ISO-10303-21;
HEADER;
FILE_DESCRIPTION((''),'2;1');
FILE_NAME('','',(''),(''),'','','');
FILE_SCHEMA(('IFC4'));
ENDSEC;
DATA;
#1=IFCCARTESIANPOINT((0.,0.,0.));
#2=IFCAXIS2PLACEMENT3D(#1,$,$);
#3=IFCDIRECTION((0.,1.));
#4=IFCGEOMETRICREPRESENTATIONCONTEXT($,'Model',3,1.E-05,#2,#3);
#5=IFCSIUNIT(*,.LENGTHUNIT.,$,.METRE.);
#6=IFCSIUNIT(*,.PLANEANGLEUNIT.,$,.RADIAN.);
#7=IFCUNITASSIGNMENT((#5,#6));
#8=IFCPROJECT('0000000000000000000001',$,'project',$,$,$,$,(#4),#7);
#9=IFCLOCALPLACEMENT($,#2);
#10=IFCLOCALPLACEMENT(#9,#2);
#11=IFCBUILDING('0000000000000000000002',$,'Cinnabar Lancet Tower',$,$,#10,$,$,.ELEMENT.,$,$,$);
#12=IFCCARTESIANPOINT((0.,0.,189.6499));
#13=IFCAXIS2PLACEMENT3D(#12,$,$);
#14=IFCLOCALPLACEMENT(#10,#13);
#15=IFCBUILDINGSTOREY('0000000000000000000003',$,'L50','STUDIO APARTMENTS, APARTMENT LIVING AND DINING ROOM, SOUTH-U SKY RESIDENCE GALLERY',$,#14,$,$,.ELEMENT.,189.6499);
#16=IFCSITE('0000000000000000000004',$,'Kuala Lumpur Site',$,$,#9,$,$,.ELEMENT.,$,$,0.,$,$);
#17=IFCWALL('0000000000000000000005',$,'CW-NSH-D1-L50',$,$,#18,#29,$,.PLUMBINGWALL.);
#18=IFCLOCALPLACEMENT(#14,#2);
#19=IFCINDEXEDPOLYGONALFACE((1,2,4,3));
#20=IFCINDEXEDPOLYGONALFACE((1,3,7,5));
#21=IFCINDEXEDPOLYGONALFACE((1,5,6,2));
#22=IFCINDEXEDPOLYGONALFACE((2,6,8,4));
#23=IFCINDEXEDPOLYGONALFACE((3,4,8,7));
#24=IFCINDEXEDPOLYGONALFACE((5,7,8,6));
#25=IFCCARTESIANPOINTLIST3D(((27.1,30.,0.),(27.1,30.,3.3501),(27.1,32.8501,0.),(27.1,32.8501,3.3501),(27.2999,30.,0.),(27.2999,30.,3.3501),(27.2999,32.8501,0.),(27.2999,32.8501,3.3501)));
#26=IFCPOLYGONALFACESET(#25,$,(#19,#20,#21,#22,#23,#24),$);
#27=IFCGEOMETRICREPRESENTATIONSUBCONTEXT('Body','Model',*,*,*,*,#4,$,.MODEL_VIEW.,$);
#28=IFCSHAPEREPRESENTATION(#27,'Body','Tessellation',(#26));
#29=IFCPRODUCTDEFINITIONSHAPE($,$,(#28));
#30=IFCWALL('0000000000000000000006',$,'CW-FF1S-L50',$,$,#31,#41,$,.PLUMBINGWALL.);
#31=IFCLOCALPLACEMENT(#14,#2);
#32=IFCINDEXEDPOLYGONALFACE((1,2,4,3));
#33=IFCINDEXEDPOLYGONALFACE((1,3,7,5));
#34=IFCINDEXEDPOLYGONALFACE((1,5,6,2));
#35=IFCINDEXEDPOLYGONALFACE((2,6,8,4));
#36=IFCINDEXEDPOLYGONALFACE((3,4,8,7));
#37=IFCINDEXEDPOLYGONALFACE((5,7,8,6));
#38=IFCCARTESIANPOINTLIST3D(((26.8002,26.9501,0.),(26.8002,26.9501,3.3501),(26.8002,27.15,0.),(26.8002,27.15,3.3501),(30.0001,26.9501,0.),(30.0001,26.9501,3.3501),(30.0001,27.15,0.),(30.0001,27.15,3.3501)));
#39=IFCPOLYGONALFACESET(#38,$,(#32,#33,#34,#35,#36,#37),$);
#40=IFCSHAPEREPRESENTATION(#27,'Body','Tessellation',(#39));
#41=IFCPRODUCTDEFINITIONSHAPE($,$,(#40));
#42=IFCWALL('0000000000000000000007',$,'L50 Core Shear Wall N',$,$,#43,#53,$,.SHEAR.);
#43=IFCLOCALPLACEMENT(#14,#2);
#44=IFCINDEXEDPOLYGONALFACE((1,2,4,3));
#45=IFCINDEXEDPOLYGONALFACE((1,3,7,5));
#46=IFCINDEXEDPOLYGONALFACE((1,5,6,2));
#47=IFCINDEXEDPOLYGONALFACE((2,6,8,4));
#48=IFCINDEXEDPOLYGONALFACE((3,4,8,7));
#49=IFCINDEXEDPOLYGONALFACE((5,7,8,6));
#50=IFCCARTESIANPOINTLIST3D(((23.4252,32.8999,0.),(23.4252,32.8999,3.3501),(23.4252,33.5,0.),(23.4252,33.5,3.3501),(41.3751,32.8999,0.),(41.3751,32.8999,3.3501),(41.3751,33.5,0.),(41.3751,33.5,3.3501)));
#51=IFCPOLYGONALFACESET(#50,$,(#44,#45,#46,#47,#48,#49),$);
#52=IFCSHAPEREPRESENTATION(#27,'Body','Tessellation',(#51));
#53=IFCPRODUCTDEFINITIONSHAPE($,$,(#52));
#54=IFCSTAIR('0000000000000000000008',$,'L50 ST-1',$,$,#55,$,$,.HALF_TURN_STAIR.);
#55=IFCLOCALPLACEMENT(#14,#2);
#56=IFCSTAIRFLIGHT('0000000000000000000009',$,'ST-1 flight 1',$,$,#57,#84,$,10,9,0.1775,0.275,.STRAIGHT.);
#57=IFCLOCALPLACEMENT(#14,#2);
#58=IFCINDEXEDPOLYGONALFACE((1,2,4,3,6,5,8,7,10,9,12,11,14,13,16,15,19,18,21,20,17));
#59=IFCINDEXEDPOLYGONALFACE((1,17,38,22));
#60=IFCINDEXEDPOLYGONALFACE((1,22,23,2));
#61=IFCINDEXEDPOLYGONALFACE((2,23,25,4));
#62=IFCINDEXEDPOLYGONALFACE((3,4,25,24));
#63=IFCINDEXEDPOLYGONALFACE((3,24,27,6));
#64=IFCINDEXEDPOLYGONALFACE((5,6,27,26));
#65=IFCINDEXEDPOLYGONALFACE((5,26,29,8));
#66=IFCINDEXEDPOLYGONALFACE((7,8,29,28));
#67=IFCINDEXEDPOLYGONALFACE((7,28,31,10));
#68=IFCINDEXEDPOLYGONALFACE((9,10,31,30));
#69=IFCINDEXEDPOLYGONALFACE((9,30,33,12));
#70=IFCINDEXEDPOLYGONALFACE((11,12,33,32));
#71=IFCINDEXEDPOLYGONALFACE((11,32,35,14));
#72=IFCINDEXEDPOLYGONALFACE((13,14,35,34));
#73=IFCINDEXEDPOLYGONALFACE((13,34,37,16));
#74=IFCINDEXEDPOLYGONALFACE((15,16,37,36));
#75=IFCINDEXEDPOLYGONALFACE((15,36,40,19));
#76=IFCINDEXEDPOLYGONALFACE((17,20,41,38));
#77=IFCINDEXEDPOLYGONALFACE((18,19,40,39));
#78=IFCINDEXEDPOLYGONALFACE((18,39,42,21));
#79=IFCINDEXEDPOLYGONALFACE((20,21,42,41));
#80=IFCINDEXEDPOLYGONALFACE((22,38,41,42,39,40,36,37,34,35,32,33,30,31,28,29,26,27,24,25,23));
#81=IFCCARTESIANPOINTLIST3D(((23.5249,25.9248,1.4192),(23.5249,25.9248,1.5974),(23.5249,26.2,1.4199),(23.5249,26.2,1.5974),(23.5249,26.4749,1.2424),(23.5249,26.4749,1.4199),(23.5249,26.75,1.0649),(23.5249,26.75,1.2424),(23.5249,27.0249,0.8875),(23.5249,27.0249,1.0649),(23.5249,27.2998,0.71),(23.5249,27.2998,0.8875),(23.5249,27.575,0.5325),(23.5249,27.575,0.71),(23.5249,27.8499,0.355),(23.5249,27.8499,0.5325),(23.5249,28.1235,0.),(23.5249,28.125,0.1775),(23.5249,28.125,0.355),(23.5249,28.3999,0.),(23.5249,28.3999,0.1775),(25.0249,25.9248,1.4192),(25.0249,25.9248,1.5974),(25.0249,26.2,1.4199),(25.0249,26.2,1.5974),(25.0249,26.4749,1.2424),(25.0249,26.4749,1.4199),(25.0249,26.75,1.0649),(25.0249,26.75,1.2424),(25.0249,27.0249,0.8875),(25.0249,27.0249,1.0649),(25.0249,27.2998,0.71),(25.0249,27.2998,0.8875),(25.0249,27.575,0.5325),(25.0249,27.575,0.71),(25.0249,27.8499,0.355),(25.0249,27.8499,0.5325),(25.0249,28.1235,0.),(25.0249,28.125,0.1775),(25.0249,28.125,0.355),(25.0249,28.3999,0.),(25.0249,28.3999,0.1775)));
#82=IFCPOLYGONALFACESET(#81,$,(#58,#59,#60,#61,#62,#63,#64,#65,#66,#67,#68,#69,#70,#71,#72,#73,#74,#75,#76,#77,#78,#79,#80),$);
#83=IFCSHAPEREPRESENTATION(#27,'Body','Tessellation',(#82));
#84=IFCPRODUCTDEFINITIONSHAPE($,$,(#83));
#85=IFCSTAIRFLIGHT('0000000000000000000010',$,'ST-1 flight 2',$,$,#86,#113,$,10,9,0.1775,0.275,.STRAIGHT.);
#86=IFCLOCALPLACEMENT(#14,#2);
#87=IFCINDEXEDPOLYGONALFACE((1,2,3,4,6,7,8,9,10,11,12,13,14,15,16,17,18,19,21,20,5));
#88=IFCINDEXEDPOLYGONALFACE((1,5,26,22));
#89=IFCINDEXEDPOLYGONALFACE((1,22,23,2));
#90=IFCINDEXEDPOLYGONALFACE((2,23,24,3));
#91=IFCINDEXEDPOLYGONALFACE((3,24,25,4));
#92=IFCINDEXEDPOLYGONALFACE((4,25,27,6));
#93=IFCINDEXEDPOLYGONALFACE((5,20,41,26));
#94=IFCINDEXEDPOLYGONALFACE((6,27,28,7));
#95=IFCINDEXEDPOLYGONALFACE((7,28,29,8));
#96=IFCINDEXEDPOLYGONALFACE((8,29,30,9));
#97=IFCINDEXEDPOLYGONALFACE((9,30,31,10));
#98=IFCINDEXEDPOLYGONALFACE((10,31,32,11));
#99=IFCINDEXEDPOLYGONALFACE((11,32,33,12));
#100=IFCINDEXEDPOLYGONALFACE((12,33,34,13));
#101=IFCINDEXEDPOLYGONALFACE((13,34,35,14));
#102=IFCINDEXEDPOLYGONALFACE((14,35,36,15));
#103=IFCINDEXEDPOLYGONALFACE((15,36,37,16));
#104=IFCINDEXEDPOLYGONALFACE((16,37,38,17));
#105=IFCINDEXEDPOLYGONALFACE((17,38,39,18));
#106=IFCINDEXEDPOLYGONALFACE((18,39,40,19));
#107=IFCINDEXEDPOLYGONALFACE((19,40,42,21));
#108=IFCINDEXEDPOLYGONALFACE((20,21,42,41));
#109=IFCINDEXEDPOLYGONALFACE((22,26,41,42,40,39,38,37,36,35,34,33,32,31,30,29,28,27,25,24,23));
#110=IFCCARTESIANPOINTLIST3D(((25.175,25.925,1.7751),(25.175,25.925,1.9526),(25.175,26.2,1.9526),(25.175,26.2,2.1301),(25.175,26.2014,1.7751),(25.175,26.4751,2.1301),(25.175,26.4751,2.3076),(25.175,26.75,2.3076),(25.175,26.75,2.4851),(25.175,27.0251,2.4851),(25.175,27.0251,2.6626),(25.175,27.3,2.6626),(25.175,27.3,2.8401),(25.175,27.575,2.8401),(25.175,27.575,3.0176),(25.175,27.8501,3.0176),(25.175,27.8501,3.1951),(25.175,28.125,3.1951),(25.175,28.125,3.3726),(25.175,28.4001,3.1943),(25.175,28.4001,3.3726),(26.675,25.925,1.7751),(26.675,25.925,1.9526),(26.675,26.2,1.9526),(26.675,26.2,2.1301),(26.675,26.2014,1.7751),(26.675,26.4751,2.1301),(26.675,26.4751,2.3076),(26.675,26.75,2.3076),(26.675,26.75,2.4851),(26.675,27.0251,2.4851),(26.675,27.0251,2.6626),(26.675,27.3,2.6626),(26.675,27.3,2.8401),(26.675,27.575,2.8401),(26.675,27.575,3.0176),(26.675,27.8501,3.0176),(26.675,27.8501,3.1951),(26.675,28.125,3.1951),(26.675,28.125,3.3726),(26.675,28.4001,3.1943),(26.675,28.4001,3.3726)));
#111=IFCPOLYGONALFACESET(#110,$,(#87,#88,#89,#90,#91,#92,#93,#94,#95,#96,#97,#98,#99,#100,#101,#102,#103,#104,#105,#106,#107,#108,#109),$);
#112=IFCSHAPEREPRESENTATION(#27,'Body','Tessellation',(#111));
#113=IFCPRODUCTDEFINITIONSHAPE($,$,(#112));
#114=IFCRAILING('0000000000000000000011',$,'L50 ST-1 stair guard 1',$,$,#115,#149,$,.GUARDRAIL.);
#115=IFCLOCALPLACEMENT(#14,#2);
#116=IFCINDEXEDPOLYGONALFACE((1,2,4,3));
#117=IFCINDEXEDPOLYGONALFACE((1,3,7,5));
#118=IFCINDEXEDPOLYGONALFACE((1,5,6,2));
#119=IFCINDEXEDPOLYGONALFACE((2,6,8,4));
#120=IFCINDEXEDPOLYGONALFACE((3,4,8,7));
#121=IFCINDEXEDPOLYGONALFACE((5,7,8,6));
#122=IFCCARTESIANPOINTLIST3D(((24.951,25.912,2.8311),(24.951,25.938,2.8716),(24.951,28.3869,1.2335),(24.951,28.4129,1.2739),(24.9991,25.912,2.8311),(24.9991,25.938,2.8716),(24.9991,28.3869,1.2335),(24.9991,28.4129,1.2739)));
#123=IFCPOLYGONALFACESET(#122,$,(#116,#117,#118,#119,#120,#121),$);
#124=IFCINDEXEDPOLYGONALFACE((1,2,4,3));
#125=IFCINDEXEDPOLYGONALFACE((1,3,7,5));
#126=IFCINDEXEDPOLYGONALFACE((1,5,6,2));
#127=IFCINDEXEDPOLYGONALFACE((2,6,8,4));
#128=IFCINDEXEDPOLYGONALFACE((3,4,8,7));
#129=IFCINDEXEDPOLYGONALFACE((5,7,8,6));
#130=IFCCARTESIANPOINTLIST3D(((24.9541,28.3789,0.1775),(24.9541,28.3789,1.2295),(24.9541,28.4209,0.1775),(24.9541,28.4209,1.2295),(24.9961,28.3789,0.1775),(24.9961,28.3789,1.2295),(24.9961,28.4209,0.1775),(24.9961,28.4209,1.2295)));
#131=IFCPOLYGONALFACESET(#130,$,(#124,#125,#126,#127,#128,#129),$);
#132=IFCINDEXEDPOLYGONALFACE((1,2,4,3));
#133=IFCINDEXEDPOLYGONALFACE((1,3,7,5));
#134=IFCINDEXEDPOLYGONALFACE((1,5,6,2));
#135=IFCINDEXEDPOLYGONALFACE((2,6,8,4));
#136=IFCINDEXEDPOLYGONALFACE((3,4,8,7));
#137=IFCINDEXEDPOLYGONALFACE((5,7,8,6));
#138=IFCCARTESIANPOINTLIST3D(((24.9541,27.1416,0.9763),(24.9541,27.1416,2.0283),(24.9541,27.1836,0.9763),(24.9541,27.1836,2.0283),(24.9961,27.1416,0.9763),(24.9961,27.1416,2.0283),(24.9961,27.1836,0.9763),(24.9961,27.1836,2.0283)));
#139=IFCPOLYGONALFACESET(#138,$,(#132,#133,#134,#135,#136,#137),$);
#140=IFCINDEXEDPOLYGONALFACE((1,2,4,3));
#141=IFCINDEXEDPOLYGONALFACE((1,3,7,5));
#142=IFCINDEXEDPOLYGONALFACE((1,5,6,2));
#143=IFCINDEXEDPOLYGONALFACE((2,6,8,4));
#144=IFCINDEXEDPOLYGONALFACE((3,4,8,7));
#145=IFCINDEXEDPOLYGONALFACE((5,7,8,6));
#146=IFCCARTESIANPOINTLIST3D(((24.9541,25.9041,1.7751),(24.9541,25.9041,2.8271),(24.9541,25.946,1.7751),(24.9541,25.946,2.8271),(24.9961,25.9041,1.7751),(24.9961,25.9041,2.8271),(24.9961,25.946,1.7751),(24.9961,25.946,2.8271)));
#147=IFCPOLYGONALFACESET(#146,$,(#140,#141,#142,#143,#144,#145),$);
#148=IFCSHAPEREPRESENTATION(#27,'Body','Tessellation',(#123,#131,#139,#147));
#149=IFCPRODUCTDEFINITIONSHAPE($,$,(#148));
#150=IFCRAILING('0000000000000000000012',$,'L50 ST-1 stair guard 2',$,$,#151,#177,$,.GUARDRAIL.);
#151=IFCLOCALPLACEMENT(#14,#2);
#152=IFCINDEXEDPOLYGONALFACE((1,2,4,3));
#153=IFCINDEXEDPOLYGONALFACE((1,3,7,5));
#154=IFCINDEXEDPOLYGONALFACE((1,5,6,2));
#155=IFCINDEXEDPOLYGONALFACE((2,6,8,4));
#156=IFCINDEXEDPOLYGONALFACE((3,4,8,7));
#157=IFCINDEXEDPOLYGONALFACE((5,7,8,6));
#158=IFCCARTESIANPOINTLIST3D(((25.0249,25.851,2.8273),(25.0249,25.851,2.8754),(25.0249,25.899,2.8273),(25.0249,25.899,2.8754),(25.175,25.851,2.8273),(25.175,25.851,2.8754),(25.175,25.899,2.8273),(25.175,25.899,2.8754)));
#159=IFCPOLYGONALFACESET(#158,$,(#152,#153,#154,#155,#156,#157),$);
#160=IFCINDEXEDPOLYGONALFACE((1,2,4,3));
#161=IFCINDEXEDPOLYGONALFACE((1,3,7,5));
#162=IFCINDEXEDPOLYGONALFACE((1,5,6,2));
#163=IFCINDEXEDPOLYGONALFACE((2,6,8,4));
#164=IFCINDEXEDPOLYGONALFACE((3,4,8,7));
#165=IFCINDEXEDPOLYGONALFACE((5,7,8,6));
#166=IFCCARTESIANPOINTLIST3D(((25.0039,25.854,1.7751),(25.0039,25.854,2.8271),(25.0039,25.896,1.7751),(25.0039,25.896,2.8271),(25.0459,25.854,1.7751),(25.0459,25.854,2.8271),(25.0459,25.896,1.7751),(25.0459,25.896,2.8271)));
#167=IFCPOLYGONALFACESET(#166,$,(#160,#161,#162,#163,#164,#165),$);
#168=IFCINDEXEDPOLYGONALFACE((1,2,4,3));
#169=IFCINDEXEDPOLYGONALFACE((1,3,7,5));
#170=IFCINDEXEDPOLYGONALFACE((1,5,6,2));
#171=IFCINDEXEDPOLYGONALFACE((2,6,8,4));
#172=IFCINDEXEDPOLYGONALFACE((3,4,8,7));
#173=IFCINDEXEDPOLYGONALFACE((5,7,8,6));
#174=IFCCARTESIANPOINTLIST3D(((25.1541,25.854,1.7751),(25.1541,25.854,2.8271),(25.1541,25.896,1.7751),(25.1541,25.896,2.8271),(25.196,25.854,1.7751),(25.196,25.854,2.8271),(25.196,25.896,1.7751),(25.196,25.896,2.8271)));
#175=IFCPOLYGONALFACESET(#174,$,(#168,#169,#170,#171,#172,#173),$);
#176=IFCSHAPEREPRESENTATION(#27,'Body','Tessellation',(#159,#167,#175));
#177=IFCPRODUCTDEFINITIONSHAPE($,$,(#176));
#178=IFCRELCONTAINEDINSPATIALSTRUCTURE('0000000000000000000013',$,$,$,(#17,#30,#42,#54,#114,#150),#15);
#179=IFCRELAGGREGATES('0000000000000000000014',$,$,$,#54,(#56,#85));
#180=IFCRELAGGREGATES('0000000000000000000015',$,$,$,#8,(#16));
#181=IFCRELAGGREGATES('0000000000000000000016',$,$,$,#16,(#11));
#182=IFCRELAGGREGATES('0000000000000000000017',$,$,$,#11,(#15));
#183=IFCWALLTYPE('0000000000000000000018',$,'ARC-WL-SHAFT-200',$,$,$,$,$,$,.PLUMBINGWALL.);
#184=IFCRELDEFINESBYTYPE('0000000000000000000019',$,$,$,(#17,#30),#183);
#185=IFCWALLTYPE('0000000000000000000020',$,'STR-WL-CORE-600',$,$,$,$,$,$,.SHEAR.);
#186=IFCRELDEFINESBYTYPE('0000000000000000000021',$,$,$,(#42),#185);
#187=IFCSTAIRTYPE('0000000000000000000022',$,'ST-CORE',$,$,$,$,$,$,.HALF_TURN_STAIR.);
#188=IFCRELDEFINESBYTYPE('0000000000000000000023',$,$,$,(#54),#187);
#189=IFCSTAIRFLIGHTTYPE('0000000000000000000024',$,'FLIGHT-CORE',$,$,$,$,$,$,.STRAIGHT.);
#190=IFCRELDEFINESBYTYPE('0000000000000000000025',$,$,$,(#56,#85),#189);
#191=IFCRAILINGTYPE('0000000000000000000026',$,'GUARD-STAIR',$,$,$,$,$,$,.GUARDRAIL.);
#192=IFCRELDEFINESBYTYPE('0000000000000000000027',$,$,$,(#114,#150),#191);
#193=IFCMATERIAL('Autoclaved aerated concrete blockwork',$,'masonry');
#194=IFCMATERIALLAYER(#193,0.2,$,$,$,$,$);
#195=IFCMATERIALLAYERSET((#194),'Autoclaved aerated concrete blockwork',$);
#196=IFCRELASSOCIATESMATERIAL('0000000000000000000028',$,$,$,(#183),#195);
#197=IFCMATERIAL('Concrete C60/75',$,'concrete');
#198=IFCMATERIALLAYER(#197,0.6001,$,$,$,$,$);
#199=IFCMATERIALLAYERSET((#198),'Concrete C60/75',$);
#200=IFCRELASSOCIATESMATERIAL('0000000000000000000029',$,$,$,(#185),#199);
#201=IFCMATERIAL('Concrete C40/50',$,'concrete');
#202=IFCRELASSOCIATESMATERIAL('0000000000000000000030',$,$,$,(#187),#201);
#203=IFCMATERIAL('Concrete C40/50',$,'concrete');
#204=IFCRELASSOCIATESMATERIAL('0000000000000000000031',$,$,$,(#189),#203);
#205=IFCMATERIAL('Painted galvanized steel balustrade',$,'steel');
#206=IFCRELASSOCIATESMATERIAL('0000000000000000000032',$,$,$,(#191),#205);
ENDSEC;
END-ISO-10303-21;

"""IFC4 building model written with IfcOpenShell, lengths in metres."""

from ifc_helpers import new_model, si_unit, direction, frame, frame_2d, origin, origin_2d, place, context, subcontext, project, spatial, polyline, rectangle, outline, extrude, material, layer, layer_set, type_object, element, aggregate, save


model = new_model("IFC4")

# Units and contexts
model_context = context("Model", 3, precision=1e-05, world=origin(), true_north=direction((0.0, 1.0)))
body_context = subcontext(model_context, "Body", "Model", "MODEL_VIEW")
ifc_project = project(units=[si_unit("LENGTHUNIT", "METRE"), si_unit("PLANEANGLEUNIT", "RADIAN")], contexts=[model_context])

# Site, building, storey
site_placement = place(None, origin())
site = spatial("IfcSite", under=ifc_project, at=site_placement, Name="Kuala Lumpur Site", CompositionType="ELEMENT", RefElevation=0.0)
building_placement = place(site_placement, origin())
building = spatial("IfcBuilding", under=site, at=building_placement, Name="Cinnabar Lancet Tower", CompositionType="ELEMENT")
storey_placement = place(building_placement, frame((0.0, 0.0, 189.6499)))
storey = spatial("IfcBuildingStorey", under=building, at=storey_placement, Name="L50", Description="STUDIO APARTMENTS, APARTMENT LIVING AND DINING ROOM, SOUTH-U SKY RESIDENCE GALLERY", CompositionType="ELEMENT", Elevation=189.6499)

# Shared definitions
ifc_material_1 = material(Name="Autoclaved aerated concrete blockwork", Category="masonry")
ifc_layer_1 = layer(ifc_material_1, 0.2)
ifc_layer_set_1 = layer_set([ifc_layer_1], Name="Autoclaved aerated concrete blockwork")
wall_type_1 = type_object("IfcWallType", Name="ARC-WL-SHAFT-200", PredefinedType="PLUMBINGWALL", material=ifc_layer_set_1)

# Walls
wall_1_placement = place(storey_placement, frame((27.2, 30.0, 0.0), z_axis=(0.0, 0.0, 1.0), x_axis=(0.0, 1.0, 0.0)))
element("IfcWall", 1, at=wall_1_placement, inside=storey, type_object=wall_type_1, Name="CW-NSH-D1-L50", PredefinedType="PLUMBINGWALL", context=body_context, shape_type="SweptSolid", body=[
    extrude(rectangle(XDim=2.8501, YDim=0.2, at=frame_2d((1.425, 0.0))), origin(), (0.0, 0.0, 1.0), 3.3501),
])
wall_2_placement = place(storey_placement, frame((26.8, 27.05, 0.0), z_axis=(0.0, 0.0, 1.0), x_axis=(1.0, 0.0, 0.0)))
element("IfcWall", 2, at=wall_2_placement, inside=storey, type_object=wall_type_1, Name="CW-FF1S-L50", PredefinedType="PLUMBINGWALL", context=body_context, shape_type="SweptSolid", body=[
    extrude(rectangle(XDim=3.2, YDim=0.2, at=frame_2d((1.6001, 0.0))), origin(), (0.0, 0.0, 1.0), 3.3501),
])
ifc_material_2 = material(Name="Concrete C60/75", Category="concrete")
ifc_layer_2 = layer(ifc_material_2, 0.6001)
ifc_layer_set_2 = layer_set([ifc_layer_2], Name="Concrete C60/75")
wall_type_2 = type_object("IfcWallType", Name="STR-WL-CORE-600", PredefinedType="SHEAR", material=ifc_layer_set_2)
wall_3_placement = place(storey_placement, frame((23.425, 33.2, 0.0), z_axis=(0.0, 0.0, 1.0), x_axis=(1.0, 0.0, 0.0)))
element("IfcWall", 3, at=wall_3_placement, inside=storey, type_object=wall_type_2, Name="L50 Core Shear Wall N", PredefinedType="SHEAR", context=body_context, shape_type="SweptSolid", body=[
    extrude(rectangle(XDim=17.95, YDim=0.6001, at=frame_2d((8.9751, 0.0))), origin(), (0.0, 0.0, 1.0), 3.3501),
])

# Stair, stair flights
ifc_material_3 = material(Name="Concrete C40/50", Category="concrete")
stair_type = type_object("IfcStairType", Name="ST-CORE", PredefinedType="HALF_TURN_STAIR", material=ifc_material_3)
stair_placement = place(storey_placement, origin())
stair = element("IfcStair", 4, at=stair_placement, inside=storey, type_object=stair_type, Name="L50 ST-1", PredefinedType="HALF_TURN_STAIR")
ifc_material_4 = material(Name="Concrete C40/50", Category="concrete")
stair_flight_type = type_object("IfcStairFlightType", Name="FLIGHT-CORE", PredefinedType="STRAIGHT", material=ifc_material_4)
stair_flight_1_placement = place(storey_placement, frame((24.2749, 28.3999, 0.0), z_axis=(0.0, 0.0, 1.0), x_axis=(0.0, -1.0, 0.0)))
stair_flight_1 = element("IfcStairFlight", 5, at=stair_flight_1_placement, type_object=stair_flight_type, Name="ST-1 flight 1", NumberOfRisers=10, NumberOfTreads=9, PredefinedType="STRAIGHT", RiserHeight=0.1775, TreadLength=0.275, context=body_context, shape_type="SweptSolid", body=[
    extrude(outline(polyline([(0.0, 0.0), (0.0, 0.1775), (0.2749, 0.1775), (0.2749, 0.355), (0.55, 0.355), (0.55, 0.5325), (0.825, 0.5325), (0.825, 0.71), (1.1001, 0.71), (1.1001, 0.8875), (1.375, 0.8875), (1.375, 1.0649), (1.6499, 1.0649), (1.6499, 1.2424), (1.925, 1.2424), (1.925, 1.4199), (2.2, 1.4199), (2.2, 1.5974), (2.4751, 1.5974), (2.4751, 1.7749), (2.4751, 1.4192), (0.2764, 0.0), (0.0, 0.0)])), frame((0.0, 0.75, 0.0), z_axis=(0.0, -1.0, 0.0), x_axis=(1.0, 0.0, 0.0)), (0.0, 0.0, 1.0), 1.5),
])
stair_flight_2_placement = place(storey_placement, frame((25.925, 25.925, 1.7751), z_axis=(0.0, 0.0, 1.0), x_axis=(0.0, 1.0, 0.0)))
stair_flight_2 = element("IfcStairFlight", 6, at=stair_flight_2_placement, type_object=stair_flight_type, Name="ST-1 flight 2", NumberOfRisers=10, NumberOfTreads=9, PredefinedType="STRAIGHT", RiserHeight=0.1775, TreadLength=0.275, context=body_context, shape_type="SweptSolid", body=[
    extrude(outline(polyline([(0.0, 0.0), (0.0, 0.1775), (0.2749, 0.1775), (0.2749, 0.355), (0.55, 0.355), (0.55, 0.5325), (0.825, 0.5325), (0.825, 0.71), (1.1001, 0.71), (1.1001, 0.8875), (1.375, 0.8875), (1.375, 1.0649), (1.6499, 1.0649), (1.6499, 1.2424), (1.925, 1.2424), (1.925, 1.4199), (2.2, 1.4199), (2.2, 1.5974), (2.4751, 1.5974), (2.4751, 1.7749), (2.4751, 1.4192), (0.2764, 0.0), (0.0, 0.0)])), frame((0.0, 0.75, 0.0), z_axis=(0.0, -1.0, 0.0), x_axis=(1.0, 0.0, 0.0)), (0.0, 0.0, 1.0), 1.5),
])
aggregate(stair, [stair_flight_1, stair_flight_2])

# Railings
ifc_material_5 = material(Name="Painted galvanized steel balustrade", Category="steel")
railing_type_1 = type_object("IfcRailingType", Name="GUARD-STAIR", PredefinedType="GUARDRAIL", material=ifc_material_5)
railing_1_placement = place(storey_placement, frame((24.9751, 28.3999, 0.1775)))
element("IfcRailing", 7, at=railing_1_placement, inside=storey, type_object=railing_type_1, Name="L50 ST-1 stair guard 1", PredefinedType="GUARDRAIL", context=body_context, shape_type="SweptSolid", body=[
    extrude(rectangle(XDim=0.0481, YDim=0.0481, at=origin_2d()), frame((0.0, 0.0, 1.0762), z_axis=(0.0, -0.840146, 0.542361), x_axis=(1.0, 0.0, 0.0)), (0.0, 0.0, 1.0), 2.9458),
    extrude(rectangle(XDim=0.042, YDim=0.042, at=origin_2d()), origin(), (0.0, 0.0, 1.0), 1.052),
    extrude(rectangle(XDim=0.042, YDim=0.042, at=origin_2d()), frame((0.0, -1.2373, 0.7988)), (0.0, 0.0, 1.0), 1.052),
    extrude(rectangle(XDim=0.042, YDim=0.042, at=origin_2d()), frame((0.0, -2.4749, 1.5977)), (0.0, 0.0, 1.0), 1.052),
])
railing_2_placement = place(storey_placement, frame((25.0249, 25.875, 1.7751)))
element("IfcRailing", 8, at=railing_2_placement, inside=storey, type_object=railing_type_1, Name="L50 ST-1 stair guard 2", PredefinedType="GUARDRAIL", context=body_context, shape_type="SweptSolid", body=[
    extrude(rectangle(XDim=0.0481, YDim=0.0481, at=origin_2d()), frame((0.0, 0.0, 1.0762), z_axis=(1.0, 0.0, 0.0), x_axis=(0.0, 1.0, 0.0)), (0.0, 0.0, 1.0), 0.1501),
    extrude(rectangle(XDim=0.042, YDim=0.042, at=origin_2d()), origin(), (0.0, 0.0, 1.0), 1.052),
    extrude(rectangle(XDim=0.042, YDim=0.042, at=origin_2d()), frame((0.1501, 0.0, 0.0)), (0.0, 0.0, 1.0), 1.052),
])

save(model, "model.ifc")
